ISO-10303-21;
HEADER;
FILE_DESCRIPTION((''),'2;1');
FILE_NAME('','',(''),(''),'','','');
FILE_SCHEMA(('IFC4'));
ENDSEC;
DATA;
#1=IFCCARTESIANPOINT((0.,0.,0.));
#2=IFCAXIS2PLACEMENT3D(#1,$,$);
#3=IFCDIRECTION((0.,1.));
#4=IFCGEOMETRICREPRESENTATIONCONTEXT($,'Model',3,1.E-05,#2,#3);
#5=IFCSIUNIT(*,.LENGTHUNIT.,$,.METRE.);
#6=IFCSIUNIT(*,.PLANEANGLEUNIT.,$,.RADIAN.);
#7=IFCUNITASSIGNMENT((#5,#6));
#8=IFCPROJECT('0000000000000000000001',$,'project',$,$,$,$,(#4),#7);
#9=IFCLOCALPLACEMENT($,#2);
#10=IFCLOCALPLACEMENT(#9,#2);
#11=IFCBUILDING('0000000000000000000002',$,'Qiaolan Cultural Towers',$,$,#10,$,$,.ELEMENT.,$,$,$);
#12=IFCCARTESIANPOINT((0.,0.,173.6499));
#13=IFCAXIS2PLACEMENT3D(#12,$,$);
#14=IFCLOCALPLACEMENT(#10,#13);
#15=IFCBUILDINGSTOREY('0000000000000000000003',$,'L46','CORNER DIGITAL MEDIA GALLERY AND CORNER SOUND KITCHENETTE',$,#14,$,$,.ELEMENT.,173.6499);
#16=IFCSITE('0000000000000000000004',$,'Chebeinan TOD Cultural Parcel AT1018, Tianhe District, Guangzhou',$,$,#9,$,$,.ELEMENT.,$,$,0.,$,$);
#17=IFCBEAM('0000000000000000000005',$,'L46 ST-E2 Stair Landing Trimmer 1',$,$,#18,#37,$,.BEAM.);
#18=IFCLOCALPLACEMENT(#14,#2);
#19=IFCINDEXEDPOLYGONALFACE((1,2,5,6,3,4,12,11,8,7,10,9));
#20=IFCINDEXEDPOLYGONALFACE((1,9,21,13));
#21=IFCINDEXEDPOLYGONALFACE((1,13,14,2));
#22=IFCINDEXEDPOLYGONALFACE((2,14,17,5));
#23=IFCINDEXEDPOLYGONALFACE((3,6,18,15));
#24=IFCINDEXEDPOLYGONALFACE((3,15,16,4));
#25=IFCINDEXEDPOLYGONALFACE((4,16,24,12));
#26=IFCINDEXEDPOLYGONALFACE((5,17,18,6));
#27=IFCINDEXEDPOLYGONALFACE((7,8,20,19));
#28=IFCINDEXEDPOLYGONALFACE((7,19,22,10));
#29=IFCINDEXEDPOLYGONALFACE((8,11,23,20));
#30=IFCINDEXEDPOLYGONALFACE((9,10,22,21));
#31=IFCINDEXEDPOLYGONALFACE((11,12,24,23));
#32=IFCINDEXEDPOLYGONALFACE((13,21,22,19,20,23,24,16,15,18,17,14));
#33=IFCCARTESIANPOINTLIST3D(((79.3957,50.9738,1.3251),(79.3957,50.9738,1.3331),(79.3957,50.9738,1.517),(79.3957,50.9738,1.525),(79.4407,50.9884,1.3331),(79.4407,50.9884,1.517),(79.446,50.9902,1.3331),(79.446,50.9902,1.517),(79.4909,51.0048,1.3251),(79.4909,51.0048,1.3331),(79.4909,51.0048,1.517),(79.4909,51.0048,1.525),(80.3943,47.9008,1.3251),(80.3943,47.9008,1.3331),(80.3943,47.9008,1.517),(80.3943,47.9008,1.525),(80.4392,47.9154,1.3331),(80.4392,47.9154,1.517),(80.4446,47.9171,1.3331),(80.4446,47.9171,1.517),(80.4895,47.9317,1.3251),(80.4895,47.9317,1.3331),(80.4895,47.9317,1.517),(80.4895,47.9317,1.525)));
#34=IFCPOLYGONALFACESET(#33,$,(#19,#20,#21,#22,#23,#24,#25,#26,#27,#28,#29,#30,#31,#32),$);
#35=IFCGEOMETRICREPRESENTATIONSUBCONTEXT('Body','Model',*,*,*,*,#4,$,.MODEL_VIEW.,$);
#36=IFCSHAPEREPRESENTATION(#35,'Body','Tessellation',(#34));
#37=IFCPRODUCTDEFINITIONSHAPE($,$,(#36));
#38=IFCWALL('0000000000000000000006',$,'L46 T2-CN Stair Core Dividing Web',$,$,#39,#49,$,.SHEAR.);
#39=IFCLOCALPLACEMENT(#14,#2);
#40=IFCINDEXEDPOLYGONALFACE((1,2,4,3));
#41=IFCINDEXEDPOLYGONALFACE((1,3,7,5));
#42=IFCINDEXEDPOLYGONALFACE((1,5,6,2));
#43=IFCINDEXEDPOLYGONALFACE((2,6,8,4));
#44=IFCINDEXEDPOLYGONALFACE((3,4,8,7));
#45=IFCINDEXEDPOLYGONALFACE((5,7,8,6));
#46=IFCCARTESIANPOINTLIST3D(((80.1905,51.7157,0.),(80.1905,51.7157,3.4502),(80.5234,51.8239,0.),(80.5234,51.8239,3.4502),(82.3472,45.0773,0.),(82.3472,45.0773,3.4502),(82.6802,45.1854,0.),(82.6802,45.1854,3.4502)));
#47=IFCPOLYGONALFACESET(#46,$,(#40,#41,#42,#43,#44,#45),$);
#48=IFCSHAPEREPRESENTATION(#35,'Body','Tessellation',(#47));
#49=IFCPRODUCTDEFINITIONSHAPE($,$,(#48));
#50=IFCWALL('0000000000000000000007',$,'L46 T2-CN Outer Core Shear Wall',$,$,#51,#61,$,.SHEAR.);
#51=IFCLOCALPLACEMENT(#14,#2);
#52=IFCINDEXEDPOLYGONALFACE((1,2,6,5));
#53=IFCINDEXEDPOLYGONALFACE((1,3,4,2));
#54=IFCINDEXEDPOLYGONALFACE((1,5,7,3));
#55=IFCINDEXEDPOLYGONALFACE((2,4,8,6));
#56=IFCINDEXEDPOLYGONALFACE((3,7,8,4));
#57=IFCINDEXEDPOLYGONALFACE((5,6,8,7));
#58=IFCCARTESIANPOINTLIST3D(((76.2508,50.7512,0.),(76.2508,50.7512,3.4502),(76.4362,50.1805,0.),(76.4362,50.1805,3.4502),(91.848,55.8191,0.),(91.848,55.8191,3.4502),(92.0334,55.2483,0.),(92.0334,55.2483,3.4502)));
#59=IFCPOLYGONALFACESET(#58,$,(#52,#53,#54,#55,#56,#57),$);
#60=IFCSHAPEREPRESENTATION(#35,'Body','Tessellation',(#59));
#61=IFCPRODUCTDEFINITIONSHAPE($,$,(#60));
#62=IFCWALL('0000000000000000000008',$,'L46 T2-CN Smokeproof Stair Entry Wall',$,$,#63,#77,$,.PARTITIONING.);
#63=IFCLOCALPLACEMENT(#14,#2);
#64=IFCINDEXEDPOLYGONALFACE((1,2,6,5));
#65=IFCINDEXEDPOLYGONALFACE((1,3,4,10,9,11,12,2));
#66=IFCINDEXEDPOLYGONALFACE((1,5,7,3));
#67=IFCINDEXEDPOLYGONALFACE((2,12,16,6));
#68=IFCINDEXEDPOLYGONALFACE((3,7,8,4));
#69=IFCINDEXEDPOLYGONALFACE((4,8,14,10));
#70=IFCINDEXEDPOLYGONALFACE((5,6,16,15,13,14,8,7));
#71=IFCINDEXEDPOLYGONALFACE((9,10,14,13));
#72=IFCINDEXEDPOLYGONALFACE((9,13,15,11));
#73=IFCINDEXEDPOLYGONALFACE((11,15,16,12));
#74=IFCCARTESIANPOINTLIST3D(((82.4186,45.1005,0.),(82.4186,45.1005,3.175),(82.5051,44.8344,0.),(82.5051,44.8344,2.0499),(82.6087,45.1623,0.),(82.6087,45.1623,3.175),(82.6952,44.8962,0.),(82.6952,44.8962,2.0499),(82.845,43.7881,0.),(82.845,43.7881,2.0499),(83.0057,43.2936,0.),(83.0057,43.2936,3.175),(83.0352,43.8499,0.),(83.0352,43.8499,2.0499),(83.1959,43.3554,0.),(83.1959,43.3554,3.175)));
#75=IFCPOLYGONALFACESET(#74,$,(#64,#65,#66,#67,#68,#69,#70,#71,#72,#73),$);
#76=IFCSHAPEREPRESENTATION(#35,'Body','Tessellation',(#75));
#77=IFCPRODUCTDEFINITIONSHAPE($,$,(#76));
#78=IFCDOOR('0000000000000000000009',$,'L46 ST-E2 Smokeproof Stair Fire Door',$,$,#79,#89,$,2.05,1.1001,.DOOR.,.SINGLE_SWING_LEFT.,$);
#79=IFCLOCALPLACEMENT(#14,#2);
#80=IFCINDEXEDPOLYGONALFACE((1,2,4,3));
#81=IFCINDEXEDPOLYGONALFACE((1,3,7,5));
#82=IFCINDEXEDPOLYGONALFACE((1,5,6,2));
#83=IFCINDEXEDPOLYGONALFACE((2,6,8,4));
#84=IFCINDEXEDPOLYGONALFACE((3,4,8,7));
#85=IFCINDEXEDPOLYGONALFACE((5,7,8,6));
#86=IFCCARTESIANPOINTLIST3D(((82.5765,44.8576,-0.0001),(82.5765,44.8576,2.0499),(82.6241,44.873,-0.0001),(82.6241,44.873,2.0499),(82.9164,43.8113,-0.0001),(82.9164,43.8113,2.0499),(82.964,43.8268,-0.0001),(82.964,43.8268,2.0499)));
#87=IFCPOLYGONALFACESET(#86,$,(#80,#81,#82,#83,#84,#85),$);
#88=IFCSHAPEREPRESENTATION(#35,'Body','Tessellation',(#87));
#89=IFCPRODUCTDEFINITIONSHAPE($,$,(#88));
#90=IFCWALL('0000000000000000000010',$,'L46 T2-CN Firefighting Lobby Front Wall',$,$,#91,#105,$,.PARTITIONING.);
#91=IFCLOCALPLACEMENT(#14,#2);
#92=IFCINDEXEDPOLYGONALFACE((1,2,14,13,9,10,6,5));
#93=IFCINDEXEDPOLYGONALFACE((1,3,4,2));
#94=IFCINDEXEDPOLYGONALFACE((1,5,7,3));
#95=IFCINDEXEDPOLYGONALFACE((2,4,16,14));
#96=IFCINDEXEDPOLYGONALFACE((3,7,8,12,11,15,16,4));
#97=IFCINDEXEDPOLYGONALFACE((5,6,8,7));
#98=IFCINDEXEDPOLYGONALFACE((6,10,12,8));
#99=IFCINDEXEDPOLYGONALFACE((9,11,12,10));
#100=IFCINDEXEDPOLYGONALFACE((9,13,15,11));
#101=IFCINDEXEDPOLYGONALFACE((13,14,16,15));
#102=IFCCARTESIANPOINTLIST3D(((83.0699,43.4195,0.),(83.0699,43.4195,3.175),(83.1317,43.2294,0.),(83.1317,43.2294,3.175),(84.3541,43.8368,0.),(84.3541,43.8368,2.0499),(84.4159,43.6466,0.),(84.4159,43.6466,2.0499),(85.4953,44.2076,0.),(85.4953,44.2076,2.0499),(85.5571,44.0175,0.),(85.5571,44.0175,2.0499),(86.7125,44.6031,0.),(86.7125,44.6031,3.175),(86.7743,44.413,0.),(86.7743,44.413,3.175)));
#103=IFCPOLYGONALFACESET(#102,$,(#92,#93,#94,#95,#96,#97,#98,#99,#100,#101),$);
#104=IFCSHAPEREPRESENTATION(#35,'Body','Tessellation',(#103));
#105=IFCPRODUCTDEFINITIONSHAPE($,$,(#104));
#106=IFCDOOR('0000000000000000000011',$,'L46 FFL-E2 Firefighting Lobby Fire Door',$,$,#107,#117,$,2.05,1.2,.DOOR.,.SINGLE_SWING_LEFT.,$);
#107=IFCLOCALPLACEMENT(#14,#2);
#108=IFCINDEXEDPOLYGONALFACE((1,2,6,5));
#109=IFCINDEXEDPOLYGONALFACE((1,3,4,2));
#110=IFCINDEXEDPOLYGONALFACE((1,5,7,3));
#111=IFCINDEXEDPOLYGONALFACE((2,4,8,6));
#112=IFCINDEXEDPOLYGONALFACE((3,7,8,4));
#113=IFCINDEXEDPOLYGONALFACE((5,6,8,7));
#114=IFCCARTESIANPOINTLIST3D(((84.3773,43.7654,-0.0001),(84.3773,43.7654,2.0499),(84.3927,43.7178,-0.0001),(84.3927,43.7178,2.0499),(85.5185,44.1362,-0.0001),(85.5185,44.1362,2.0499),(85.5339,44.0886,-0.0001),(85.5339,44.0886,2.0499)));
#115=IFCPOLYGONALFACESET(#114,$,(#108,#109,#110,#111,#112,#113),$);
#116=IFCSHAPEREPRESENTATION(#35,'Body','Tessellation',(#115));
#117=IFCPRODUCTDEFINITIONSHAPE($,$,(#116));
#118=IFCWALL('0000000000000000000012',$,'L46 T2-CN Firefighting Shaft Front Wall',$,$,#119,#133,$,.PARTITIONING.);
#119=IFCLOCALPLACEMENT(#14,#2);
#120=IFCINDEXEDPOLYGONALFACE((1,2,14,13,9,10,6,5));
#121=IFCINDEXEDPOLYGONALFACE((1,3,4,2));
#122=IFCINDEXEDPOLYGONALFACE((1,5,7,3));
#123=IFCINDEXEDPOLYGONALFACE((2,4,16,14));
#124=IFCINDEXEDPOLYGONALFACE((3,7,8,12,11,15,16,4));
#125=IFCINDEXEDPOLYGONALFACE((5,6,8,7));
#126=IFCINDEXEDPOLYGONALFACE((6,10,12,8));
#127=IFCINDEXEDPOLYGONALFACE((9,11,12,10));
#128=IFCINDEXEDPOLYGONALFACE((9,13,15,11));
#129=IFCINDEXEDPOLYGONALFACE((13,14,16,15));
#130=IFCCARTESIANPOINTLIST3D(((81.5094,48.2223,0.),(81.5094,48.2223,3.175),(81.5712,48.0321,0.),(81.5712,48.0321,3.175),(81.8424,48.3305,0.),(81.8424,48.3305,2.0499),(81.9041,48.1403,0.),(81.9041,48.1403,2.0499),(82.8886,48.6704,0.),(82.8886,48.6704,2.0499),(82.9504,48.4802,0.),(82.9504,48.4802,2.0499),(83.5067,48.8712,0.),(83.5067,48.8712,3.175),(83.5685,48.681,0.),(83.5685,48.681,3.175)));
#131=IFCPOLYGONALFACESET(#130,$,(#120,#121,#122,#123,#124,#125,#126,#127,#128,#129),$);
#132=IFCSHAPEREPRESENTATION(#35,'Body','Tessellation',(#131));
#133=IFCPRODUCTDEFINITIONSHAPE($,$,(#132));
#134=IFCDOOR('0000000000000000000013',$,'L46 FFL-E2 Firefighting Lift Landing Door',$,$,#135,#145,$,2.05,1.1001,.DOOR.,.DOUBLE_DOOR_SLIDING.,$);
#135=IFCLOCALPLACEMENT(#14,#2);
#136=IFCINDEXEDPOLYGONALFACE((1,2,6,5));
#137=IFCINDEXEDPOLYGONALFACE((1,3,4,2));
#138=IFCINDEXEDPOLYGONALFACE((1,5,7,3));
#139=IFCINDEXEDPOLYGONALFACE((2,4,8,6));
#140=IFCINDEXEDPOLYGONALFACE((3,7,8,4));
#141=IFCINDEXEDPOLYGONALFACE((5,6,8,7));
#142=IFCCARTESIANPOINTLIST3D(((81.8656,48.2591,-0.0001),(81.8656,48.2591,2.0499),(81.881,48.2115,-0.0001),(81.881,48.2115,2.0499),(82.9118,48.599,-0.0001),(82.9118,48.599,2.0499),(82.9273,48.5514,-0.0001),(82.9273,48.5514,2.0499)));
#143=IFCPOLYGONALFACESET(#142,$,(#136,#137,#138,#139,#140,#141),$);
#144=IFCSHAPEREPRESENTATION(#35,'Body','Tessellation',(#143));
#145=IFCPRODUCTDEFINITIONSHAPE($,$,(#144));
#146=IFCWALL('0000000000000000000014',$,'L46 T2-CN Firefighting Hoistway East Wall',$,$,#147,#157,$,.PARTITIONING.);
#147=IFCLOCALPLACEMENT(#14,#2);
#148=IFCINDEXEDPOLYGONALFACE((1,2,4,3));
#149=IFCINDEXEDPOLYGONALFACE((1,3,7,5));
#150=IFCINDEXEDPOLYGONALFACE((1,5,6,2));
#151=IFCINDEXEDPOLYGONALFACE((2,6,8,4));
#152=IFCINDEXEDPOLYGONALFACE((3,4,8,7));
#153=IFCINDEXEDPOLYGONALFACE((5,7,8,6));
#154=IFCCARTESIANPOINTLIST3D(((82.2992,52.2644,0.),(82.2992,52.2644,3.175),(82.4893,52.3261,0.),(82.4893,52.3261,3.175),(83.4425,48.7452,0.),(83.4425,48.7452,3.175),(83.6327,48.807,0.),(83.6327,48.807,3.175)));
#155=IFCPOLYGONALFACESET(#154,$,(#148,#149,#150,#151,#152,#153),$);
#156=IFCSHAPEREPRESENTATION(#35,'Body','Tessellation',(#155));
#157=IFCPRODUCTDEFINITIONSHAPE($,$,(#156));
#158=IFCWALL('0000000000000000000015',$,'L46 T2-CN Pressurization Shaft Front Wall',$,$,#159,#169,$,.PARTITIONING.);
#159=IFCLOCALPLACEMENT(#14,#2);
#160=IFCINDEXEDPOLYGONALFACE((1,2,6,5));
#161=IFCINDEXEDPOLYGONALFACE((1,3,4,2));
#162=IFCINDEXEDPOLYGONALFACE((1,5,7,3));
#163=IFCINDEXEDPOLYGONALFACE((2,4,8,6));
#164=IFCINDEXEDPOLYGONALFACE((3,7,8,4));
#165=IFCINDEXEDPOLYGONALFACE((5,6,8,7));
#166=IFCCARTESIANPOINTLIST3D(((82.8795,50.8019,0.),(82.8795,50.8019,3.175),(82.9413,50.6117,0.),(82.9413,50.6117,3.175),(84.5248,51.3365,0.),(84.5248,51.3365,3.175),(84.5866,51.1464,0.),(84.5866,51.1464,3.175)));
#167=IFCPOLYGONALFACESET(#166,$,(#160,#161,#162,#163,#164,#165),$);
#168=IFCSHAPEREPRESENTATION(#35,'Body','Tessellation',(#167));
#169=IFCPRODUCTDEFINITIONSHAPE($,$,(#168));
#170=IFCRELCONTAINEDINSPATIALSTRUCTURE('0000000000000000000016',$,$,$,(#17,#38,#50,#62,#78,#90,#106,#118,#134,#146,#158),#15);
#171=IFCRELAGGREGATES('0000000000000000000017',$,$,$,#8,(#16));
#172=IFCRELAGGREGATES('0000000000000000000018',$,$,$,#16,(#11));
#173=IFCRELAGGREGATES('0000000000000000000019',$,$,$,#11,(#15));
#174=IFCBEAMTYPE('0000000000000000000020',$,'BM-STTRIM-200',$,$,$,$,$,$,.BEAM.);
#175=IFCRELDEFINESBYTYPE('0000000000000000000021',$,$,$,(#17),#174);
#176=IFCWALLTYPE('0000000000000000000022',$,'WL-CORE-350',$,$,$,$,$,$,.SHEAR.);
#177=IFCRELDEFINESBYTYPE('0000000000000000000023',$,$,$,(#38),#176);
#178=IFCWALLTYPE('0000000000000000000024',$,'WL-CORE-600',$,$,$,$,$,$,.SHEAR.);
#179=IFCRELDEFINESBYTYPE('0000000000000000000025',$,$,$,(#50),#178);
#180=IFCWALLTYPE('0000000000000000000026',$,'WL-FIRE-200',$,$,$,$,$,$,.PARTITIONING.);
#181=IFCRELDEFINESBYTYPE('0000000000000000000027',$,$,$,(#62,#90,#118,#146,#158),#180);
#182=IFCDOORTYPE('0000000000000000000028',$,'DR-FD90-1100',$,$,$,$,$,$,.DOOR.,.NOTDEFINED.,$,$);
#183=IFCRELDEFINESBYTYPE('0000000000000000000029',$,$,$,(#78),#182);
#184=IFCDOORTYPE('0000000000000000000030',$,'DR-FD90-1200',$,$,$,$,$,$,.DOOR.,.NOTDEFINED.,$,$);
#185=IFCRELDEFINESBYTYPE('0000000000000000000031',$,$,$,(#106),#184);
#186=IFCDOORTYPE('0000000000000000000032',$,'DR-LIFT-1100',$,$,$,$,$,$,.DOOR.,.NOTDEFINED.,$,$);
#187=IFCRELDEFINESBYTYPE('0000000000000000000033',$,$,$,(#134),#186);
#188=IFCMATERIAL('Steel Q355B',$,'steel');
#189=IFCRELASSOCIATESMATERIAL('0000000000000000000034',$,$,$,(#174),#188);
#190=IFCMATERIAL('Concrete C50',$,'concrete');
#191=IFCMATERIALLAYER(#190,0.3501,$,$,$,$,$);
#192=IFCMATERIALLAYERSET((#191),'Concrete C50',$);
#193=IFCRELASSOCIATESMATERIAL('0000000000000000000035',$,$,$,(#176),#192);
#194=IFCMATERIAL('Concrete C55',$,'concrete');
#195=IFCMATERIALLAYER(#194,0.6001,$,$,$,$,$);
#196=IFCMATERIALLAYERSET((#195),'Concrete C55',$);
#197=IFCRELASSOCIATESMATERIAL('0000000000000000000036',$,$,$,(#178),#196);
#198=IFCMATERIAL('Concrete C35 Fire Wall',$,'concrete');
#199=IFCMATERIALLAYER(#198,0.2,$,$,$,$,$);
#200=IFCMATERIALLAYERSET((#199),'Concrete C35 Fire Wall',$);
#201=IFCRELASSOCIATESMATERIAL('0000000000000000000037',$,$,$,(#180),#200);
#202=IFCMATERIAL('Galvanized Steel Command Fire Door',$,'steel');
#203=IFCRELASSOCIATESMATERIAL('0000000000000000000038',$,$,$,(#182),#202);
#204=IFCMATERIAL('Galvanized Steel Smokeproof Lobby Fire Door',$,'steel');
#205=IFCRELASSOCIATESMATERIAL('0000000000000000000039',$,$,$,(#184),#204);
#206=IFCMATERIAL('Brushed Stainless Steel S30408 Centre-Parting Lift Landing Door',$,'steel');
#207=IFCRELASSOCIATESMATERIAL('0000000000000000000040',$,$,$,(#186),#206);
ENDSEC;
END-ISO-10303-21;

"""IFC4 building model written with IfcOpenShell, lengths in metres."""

from ifc_helpers import new_model, si_unit, direction, frame, frame_2d, origin, origin_2d, place, context, subcontext, project, spatial, rectangle, i_section, extrude, material, layer, layer_set, material_profile, profile_set, type_object, element, fill, save


model = new_model("IFC4")

# Units and contexts
model_context = context("Model", 3, precision=1e-05, world=origin(), true_north=direction((0.0, 1.0)))
body_context = subcontext(model_context, "Body", "Model", "MODEL_VIEW")
ifc_project = project(units=[si_unit("LENGTHUNIT", "METRE"), si_unit("PLANEANGLEUNIT", "RADIAN")], contexts=[model_context])

# Site, building, storey
site_placement = place(None, origin())
site = spatial("IfcSite", under=ifc_project, at=site_placement, Name="Chebeinan TOD Cultural Parcel AT1018, Tianhe District, Guangzhou", CompositionType="ELEMENT", RefElevation=0.0)
building_placement = place(site_placement, origin())
building = spatial("IfcBuilding", under=site, at=building_placement, Name="Qiaolan Cultural Towers", CompositionType="ELEMENT")
storey_placement = place(building_placement, frame((0.0, 0.0, 173.6499)))
storey = spatial("IfcBuildingStorey", under=building, at=storey_placement, Name="L46", Description="CORNER DIGITAL MEDIA GALLERY AND CORNER SOUND KITCHENETTE", CompositionType="ELEMENT", Elevation=173.6499)

# Beam
ifc_material_1 = material(Name="Steel Q355B", Category="steel")
ifc_material_profile_1 = material_profile(ifc_material_1, i_section(OverallWidth=0.1001, OverallDepth=0.2, WebThickness=0.0056, FlangeThickness=0.0081, at=origin_2d()), Name="HN200x100x5.5x8")
ifc_profile_set_1 = profile_set([ifc_material_profile_1], Name="Steel Q355B")
beam_type_1 = type_object("IfcBeamType", Name="BM-STTRIM-200", PredefinedType="BEAM", material=ifc_profile_set_1)
beam_1_placement = place(storey_placement, frame((80.4419, 47.9163, 1.425), z_axis=(-0.309033, 0.951051, 0.0), x_axis=(-0.951051, -0.309033, 0.0)))
element("IfcBeam", 1, at=beam_1_placement, inside=storey, type_object=beam_type_1, Name="L46 ST-E2 Stair Landing Trimmer 1", PredefinedType="BEAM", context=body_context, shape_type="SweptSolid", body=[
    extrude(i_section(OverallWidth=0.1001, OverallDepth=0.2, WebThickness=0.0056, FlangeThickness=0.0081, at=origin_2d()), origin(), (0.0, 0.0, 1.0), 3.2312),
])

# Walls
ifc_material_2 = material(Name="Concrete C50", Category="concrete")
ifc_layer_1 = layer(ifc_material_2, 0.3501)
ifc_layer_set_1 = layer_set([ifc_layer_1], Name="Concrete C50")
wall_type_1 = type_object("IfcWallType", Name="WL-CORE-350", PredefinedType="SHEAR", material=ifc_layer_set_1)
wall_1_placement = place(storey_placement, frame((82.5137, 45.1313, 0.0), z_axis=(0.0, 0.0, 1.0), x_axis=(-0.308989, 0.951066, 0.0)))
element("IfcWall", 2, at=wall_1_placement, inside=storey, type_object=wall_type_1, Name="L46 T2-CN Stair Core Dividing Web", PredefinedType="SHEAR", context=body_context, shape_type="SweptSolid", body=[
    extrude(rectangle(XDim=6.98, YDim=0.3501, at=frame_2d((3.49, 0.0))), origin(), (0.0, 0.0, 1.0), 3.4502),
])
ifc_material_3 = material(Name="Concrete C55", Category="concrete")
ifc_layer_2 = layer(ifc_material_3, 0.6001)
ifc_layer_set_2 = layer_set([ifc_layer_2], Name="Concrete C55")
wall_type_2 = type_object("IfcWallType", Name="WL-CORE-600", PredefinedType="SHEAR", material=ifc_layer_set_2)
wall_2_placement = place(storey_placement, frame((76.3435, 50.4658, 0.0), z_axis=(0.0, 0.0, 1.0), x_axis=(0.951056, 0.309019, 0.0)))
element("IfcWall", 3, at=wall_2_placement, inside=storey, type_object=wall_type_2, Name="L46 T2-CN Outer Core Shear Wall", PredefinedType="SHEAR", context=body_context, shape_type="SweptSolid", body=[
    extrude(rectangle(XDim=16.3999, YDim=0.6001, at=frame_2d((8.2, 0.0))), origin(), (0.0, 0.0, 1.0), 3.4502),
])

# Walls, openings, doors
ifc_material_4 = material(Name="Concrete C35 Fire Wall", Category="concrete")
ifc_layer_3 = layer(ifc_material_4, 0.2)
ifc_layer_set_3 = layer_set([ifc_layer_3], Name="Concrete C35 Fire Wall")
wall_type_3 = type_object("IfcWallType", Name="WL-FIRE-200", PredefinedType="PARTITIONING", material=ifc_layer_set_3)
wall_3_placement = place(storey_placement, frame((83.1008, 43.3245, 0.0), z_axis=(0.0, 0.0, 1.0), x_axis=(-0.309048, 0.951046, 0.0)))
wall_3 = element("IfcWall", 4, at=wall_3_placement, inside=storey, type_object=wall_type_3, Name="L46 T2-CN Smokeproof Stair Entry Wall", PredefinedType="PARTITIONING", context=body_context, shape_type="SweptSolid", body=[
    extrude(rectangle(XDim=1.8999, YDim=0.2, at=frame_2d((0.95, 0.0))), origin(), (0.0, 0.0, 1.0), 3.175),
])
opening_1_placement = place(wall_3_placement, frame((0.52, 0.0, 0.0)))
opening_1 = element("IfcOpeningElement", 5, at=opening_1_placement, cuts=wall_3, PredefinedType="OPENING", context=body_context, shape_type="SweptSolid", body=[
    extrude(rectangle(XDim=1.1001, YDim=2.05, at=frame_2d((0.55, 1.0249))), frame((0.0, 0.1099, 0.0), z_axis=(0.0, -1.0, 0.0), x_axis=(1.0, 0.0, 0.0)), (0.0, 0.0, 1.0), 0.22),
])
ifc_material_5 = material(Name="Galvanized Steel Command Fire Door", Category="steel")
door_type_1 = type_object("IfcDoorType", Name="DR-FD90-1100", OperationType="NOTDEFINED", PredefinedType="DOOR", material=ifc_material_5)
door_1_placement = place(opening_1_placement, origin())
door_1 = element("IfcDoor", 6, at=door_1_placement, inside=storey, type_object=door_type_1, Name="L46 ST-E2 Smokeproof Stair Fire Door", OperationType="SINGLE_SWING_LEFT", OverallHeight=2.05, OverallWidth=1.1001, PredefinedType="DOOR", context=body_context, shape_type="SweptSolid", body=[
    extrude(rectangle(XDim=1.1001, YDim=2.05, at=frame_2d((0.55, 1.0249))), frame((0.0, 0.0249, 0.0), z_axis=(0.0, -1.0, 0.0), x_axis=(1.0, 0.0, 0.0)), (0.0, 0.0, 1.0), 0.05),
])
fill(opening_1, door_1)
wall_4_placement = place(storey_placement, frame((83.1008, 43.3245, 0.0), z_axis=(0.0, 0.0, 1.0), x_axis=(0.951053, 0.309028, 0.0)))
wall_4 = element("IfcWall", 7, at=wall_4_placement, inside=storey, type_object=wall_type_3, Name="L46 T2-CN Firefighting Lobby Front Wall", PredefinedType="PARTITIONING", context=body_context, shape_type="SweptSolid", body=[
    extrude(rectangle(XDim=3.8301, YDim=0.2, at=frame_2d((1.915, 0.0))), origin(), (0.0, 0.0, 1.0), 3.175),
])
opening_2_placement = place(wall_4_placement, frame((1.3501, 0.0, 0.0)))
opening_2 = element("IfcOpeningElement", 8, at=opening_2_placement, cuts=wall_4, PredefinedType="OPENING", context=body_context, shape_type="SweptSolid", body=[
    extrude(rectangle(XDim=1.2, YDim=2.05, at=frame_2d((0.6001, 1.0249))), frame((0.0, 0.1099, 0.0), z_axis=(0.0, -1.0, 0.0), x_axis=(1.0, 0.0, 0.0)), (0.0, 0.0, 1.0), 0.22),
])
ifc_material_6 = material(Name="Galvanized Steel Smokeproof Lobby Fire Door", Category="steel")
door_type_2 = type_object("IfcDoorType", Name="DR-FD90-1200", OperationType="NOTDEFINED", PredefinedType="DOOR", material=ifc_material_6)
door_2_placement = place(opening_2_placement, origin())
door_2 = element("IfcDoor", 9, at=door_2_placement, inside=storey, type_object=door_type_2, Name="L46 FFL-E2 Firefighting Lobby Fire Door", OperationType="SINGLE_SWING_LEFT", OverallHeight=2.05, OverallWidth=1.2, PredefinedType="DOOR", context=body_context, shape_type="SweptSolid", body=[
    extrude(rectangle(XDim=1.2, YDim=2.05, at=frame_2d((0.6001, 1.0249))), frame((0.0, 0.0249, 0.0), z_axis=(0.0, -1.0, 0.0), x_axis=(1.0, 0.0, 0.0)), (0.0, 0.0, 1.0), 0.05),
])
fill(opening_2, door_2)
wall_5_placement = place(storey_placement, frame((81.5403, 48.1272, 0.0), z_axis=(0.0, 0.0, 1.0), x_axis=(0.951062, 0.308999, 0.0)))
wall_5 = element("IfcWall", 10, at=wall_5_placement, inside=storey, type_object=wall_type_3, Name="L46 T2-CN Firefighting Shaft Front Wall", PredefinedType="PARTITIONING", context=body_context, shape_type="SweptSolid", body=[
    extrude(rectangle(XDim=2.1001, YDim=0.2, at=frame_2d((1.05, 0.0))), origin(), (0.0, 0.0, 1.0), 3.175),
])
opening_3_placement = place(wall_5_placement, frame((0.3501, 0.0, 0.0)))
opening_3 = element("IfcOpeningElement", 11, at=opening_3_placement, cuts=wall_5, PredefinedType="OPENING", context=body_context, shape_type="SweptSolid", body=[
    extrude(rectangle(XDim=1.1001, YDim=2.05, at=frame_2d((0.55, 1.0249))), frame((0.0, 0.1099, 0.0), z_axis=(0.0, -1.0, 0.0), x_axis=(1.0, 0.0, 0.0)), (0.0, 0.0, 1.0), 0.22),
])
ifc_material_7 = material(Name="Brushed Stainless Steel S30408 Centre-Parting Lift Landing Door", Category="steel")
door_type_3 = type_object("IfcDoorType", Name="DR-LIFT-1100", OperationType="NOTDEFINED", PredefinedType="DOOR", material=ifc_material_7)
door_3_placement = place(opening_3_placement, origin())
door_3 = element("IfcDoor", 12, at=door_3_placement, inside=storey, type_object=door_type_3, Name="L46 FFL-E2 Firefighting Lift Landing Door", OperationType="DOUBLE_DOOR_SLIDING", OverallHeight=2.05, OverallWidth=1.1001, PredefinedType="DOOR", context=body_context, shape_type="SweptSolid", body=[
    extrude(rectangle(XDim=1.1001, YDim=2.05, at=frame_2d((0.55, 1.0249))), frame((0.0, 0.0249, 0.0), z_axis=(0.0, -1.0, 0.0), x_axis=(1.0, 0.0, 0.0)), (0.0, 0.0, 1.0), 0.05),
])
fill(opening_3, door_3)

# Walls
wall_6_placement = place(storey_placement, frame((83.5376, 48.7761, 0.0), z_axis=(0.0, 0.0, 1.0), x_axis=(-0.308994, 0.951064, 0.0)))
element("IfcWall", 13, at=wall_6_placement, inside=storey, type_object=wall_type_3, Name="L46 T2-CN Firefighting Hoistway East Wall", PredefinedType="PARTITIONING", context=body_context, shape_type="SweptSolid", body=[
    extrude(rectangle(XDim=3.7002, YDim=0.2, at=frame_2d((1.8501, 0.0))), origin(), (0.0, 0.0, 1.0), 3.175),
])
wall_7_placement = place(storey_placement, frame((82.9104, 50.7068, 0.0), z_axis=(0.0, 0.0, 1.0), x_axis=(0.951041, 0.309064, 0.0)))
element("IfcWall", 14, at=wall_7_placement, inside=storey, type_object=wall_type_3, Name="L46 T2-CN Pressurization Shaft Front Wall", PredefinedType="PARTITIONING", context=body_context, shape_type="SweptSolid", body=[
    extrude(rectangle(XDim=1.73, YDim=0.2, at=frame_2d((0.865, 0.0))), origin(), (0.0, 0.0, 1.0), 3.175),
])

save(model, "model.ifc")
